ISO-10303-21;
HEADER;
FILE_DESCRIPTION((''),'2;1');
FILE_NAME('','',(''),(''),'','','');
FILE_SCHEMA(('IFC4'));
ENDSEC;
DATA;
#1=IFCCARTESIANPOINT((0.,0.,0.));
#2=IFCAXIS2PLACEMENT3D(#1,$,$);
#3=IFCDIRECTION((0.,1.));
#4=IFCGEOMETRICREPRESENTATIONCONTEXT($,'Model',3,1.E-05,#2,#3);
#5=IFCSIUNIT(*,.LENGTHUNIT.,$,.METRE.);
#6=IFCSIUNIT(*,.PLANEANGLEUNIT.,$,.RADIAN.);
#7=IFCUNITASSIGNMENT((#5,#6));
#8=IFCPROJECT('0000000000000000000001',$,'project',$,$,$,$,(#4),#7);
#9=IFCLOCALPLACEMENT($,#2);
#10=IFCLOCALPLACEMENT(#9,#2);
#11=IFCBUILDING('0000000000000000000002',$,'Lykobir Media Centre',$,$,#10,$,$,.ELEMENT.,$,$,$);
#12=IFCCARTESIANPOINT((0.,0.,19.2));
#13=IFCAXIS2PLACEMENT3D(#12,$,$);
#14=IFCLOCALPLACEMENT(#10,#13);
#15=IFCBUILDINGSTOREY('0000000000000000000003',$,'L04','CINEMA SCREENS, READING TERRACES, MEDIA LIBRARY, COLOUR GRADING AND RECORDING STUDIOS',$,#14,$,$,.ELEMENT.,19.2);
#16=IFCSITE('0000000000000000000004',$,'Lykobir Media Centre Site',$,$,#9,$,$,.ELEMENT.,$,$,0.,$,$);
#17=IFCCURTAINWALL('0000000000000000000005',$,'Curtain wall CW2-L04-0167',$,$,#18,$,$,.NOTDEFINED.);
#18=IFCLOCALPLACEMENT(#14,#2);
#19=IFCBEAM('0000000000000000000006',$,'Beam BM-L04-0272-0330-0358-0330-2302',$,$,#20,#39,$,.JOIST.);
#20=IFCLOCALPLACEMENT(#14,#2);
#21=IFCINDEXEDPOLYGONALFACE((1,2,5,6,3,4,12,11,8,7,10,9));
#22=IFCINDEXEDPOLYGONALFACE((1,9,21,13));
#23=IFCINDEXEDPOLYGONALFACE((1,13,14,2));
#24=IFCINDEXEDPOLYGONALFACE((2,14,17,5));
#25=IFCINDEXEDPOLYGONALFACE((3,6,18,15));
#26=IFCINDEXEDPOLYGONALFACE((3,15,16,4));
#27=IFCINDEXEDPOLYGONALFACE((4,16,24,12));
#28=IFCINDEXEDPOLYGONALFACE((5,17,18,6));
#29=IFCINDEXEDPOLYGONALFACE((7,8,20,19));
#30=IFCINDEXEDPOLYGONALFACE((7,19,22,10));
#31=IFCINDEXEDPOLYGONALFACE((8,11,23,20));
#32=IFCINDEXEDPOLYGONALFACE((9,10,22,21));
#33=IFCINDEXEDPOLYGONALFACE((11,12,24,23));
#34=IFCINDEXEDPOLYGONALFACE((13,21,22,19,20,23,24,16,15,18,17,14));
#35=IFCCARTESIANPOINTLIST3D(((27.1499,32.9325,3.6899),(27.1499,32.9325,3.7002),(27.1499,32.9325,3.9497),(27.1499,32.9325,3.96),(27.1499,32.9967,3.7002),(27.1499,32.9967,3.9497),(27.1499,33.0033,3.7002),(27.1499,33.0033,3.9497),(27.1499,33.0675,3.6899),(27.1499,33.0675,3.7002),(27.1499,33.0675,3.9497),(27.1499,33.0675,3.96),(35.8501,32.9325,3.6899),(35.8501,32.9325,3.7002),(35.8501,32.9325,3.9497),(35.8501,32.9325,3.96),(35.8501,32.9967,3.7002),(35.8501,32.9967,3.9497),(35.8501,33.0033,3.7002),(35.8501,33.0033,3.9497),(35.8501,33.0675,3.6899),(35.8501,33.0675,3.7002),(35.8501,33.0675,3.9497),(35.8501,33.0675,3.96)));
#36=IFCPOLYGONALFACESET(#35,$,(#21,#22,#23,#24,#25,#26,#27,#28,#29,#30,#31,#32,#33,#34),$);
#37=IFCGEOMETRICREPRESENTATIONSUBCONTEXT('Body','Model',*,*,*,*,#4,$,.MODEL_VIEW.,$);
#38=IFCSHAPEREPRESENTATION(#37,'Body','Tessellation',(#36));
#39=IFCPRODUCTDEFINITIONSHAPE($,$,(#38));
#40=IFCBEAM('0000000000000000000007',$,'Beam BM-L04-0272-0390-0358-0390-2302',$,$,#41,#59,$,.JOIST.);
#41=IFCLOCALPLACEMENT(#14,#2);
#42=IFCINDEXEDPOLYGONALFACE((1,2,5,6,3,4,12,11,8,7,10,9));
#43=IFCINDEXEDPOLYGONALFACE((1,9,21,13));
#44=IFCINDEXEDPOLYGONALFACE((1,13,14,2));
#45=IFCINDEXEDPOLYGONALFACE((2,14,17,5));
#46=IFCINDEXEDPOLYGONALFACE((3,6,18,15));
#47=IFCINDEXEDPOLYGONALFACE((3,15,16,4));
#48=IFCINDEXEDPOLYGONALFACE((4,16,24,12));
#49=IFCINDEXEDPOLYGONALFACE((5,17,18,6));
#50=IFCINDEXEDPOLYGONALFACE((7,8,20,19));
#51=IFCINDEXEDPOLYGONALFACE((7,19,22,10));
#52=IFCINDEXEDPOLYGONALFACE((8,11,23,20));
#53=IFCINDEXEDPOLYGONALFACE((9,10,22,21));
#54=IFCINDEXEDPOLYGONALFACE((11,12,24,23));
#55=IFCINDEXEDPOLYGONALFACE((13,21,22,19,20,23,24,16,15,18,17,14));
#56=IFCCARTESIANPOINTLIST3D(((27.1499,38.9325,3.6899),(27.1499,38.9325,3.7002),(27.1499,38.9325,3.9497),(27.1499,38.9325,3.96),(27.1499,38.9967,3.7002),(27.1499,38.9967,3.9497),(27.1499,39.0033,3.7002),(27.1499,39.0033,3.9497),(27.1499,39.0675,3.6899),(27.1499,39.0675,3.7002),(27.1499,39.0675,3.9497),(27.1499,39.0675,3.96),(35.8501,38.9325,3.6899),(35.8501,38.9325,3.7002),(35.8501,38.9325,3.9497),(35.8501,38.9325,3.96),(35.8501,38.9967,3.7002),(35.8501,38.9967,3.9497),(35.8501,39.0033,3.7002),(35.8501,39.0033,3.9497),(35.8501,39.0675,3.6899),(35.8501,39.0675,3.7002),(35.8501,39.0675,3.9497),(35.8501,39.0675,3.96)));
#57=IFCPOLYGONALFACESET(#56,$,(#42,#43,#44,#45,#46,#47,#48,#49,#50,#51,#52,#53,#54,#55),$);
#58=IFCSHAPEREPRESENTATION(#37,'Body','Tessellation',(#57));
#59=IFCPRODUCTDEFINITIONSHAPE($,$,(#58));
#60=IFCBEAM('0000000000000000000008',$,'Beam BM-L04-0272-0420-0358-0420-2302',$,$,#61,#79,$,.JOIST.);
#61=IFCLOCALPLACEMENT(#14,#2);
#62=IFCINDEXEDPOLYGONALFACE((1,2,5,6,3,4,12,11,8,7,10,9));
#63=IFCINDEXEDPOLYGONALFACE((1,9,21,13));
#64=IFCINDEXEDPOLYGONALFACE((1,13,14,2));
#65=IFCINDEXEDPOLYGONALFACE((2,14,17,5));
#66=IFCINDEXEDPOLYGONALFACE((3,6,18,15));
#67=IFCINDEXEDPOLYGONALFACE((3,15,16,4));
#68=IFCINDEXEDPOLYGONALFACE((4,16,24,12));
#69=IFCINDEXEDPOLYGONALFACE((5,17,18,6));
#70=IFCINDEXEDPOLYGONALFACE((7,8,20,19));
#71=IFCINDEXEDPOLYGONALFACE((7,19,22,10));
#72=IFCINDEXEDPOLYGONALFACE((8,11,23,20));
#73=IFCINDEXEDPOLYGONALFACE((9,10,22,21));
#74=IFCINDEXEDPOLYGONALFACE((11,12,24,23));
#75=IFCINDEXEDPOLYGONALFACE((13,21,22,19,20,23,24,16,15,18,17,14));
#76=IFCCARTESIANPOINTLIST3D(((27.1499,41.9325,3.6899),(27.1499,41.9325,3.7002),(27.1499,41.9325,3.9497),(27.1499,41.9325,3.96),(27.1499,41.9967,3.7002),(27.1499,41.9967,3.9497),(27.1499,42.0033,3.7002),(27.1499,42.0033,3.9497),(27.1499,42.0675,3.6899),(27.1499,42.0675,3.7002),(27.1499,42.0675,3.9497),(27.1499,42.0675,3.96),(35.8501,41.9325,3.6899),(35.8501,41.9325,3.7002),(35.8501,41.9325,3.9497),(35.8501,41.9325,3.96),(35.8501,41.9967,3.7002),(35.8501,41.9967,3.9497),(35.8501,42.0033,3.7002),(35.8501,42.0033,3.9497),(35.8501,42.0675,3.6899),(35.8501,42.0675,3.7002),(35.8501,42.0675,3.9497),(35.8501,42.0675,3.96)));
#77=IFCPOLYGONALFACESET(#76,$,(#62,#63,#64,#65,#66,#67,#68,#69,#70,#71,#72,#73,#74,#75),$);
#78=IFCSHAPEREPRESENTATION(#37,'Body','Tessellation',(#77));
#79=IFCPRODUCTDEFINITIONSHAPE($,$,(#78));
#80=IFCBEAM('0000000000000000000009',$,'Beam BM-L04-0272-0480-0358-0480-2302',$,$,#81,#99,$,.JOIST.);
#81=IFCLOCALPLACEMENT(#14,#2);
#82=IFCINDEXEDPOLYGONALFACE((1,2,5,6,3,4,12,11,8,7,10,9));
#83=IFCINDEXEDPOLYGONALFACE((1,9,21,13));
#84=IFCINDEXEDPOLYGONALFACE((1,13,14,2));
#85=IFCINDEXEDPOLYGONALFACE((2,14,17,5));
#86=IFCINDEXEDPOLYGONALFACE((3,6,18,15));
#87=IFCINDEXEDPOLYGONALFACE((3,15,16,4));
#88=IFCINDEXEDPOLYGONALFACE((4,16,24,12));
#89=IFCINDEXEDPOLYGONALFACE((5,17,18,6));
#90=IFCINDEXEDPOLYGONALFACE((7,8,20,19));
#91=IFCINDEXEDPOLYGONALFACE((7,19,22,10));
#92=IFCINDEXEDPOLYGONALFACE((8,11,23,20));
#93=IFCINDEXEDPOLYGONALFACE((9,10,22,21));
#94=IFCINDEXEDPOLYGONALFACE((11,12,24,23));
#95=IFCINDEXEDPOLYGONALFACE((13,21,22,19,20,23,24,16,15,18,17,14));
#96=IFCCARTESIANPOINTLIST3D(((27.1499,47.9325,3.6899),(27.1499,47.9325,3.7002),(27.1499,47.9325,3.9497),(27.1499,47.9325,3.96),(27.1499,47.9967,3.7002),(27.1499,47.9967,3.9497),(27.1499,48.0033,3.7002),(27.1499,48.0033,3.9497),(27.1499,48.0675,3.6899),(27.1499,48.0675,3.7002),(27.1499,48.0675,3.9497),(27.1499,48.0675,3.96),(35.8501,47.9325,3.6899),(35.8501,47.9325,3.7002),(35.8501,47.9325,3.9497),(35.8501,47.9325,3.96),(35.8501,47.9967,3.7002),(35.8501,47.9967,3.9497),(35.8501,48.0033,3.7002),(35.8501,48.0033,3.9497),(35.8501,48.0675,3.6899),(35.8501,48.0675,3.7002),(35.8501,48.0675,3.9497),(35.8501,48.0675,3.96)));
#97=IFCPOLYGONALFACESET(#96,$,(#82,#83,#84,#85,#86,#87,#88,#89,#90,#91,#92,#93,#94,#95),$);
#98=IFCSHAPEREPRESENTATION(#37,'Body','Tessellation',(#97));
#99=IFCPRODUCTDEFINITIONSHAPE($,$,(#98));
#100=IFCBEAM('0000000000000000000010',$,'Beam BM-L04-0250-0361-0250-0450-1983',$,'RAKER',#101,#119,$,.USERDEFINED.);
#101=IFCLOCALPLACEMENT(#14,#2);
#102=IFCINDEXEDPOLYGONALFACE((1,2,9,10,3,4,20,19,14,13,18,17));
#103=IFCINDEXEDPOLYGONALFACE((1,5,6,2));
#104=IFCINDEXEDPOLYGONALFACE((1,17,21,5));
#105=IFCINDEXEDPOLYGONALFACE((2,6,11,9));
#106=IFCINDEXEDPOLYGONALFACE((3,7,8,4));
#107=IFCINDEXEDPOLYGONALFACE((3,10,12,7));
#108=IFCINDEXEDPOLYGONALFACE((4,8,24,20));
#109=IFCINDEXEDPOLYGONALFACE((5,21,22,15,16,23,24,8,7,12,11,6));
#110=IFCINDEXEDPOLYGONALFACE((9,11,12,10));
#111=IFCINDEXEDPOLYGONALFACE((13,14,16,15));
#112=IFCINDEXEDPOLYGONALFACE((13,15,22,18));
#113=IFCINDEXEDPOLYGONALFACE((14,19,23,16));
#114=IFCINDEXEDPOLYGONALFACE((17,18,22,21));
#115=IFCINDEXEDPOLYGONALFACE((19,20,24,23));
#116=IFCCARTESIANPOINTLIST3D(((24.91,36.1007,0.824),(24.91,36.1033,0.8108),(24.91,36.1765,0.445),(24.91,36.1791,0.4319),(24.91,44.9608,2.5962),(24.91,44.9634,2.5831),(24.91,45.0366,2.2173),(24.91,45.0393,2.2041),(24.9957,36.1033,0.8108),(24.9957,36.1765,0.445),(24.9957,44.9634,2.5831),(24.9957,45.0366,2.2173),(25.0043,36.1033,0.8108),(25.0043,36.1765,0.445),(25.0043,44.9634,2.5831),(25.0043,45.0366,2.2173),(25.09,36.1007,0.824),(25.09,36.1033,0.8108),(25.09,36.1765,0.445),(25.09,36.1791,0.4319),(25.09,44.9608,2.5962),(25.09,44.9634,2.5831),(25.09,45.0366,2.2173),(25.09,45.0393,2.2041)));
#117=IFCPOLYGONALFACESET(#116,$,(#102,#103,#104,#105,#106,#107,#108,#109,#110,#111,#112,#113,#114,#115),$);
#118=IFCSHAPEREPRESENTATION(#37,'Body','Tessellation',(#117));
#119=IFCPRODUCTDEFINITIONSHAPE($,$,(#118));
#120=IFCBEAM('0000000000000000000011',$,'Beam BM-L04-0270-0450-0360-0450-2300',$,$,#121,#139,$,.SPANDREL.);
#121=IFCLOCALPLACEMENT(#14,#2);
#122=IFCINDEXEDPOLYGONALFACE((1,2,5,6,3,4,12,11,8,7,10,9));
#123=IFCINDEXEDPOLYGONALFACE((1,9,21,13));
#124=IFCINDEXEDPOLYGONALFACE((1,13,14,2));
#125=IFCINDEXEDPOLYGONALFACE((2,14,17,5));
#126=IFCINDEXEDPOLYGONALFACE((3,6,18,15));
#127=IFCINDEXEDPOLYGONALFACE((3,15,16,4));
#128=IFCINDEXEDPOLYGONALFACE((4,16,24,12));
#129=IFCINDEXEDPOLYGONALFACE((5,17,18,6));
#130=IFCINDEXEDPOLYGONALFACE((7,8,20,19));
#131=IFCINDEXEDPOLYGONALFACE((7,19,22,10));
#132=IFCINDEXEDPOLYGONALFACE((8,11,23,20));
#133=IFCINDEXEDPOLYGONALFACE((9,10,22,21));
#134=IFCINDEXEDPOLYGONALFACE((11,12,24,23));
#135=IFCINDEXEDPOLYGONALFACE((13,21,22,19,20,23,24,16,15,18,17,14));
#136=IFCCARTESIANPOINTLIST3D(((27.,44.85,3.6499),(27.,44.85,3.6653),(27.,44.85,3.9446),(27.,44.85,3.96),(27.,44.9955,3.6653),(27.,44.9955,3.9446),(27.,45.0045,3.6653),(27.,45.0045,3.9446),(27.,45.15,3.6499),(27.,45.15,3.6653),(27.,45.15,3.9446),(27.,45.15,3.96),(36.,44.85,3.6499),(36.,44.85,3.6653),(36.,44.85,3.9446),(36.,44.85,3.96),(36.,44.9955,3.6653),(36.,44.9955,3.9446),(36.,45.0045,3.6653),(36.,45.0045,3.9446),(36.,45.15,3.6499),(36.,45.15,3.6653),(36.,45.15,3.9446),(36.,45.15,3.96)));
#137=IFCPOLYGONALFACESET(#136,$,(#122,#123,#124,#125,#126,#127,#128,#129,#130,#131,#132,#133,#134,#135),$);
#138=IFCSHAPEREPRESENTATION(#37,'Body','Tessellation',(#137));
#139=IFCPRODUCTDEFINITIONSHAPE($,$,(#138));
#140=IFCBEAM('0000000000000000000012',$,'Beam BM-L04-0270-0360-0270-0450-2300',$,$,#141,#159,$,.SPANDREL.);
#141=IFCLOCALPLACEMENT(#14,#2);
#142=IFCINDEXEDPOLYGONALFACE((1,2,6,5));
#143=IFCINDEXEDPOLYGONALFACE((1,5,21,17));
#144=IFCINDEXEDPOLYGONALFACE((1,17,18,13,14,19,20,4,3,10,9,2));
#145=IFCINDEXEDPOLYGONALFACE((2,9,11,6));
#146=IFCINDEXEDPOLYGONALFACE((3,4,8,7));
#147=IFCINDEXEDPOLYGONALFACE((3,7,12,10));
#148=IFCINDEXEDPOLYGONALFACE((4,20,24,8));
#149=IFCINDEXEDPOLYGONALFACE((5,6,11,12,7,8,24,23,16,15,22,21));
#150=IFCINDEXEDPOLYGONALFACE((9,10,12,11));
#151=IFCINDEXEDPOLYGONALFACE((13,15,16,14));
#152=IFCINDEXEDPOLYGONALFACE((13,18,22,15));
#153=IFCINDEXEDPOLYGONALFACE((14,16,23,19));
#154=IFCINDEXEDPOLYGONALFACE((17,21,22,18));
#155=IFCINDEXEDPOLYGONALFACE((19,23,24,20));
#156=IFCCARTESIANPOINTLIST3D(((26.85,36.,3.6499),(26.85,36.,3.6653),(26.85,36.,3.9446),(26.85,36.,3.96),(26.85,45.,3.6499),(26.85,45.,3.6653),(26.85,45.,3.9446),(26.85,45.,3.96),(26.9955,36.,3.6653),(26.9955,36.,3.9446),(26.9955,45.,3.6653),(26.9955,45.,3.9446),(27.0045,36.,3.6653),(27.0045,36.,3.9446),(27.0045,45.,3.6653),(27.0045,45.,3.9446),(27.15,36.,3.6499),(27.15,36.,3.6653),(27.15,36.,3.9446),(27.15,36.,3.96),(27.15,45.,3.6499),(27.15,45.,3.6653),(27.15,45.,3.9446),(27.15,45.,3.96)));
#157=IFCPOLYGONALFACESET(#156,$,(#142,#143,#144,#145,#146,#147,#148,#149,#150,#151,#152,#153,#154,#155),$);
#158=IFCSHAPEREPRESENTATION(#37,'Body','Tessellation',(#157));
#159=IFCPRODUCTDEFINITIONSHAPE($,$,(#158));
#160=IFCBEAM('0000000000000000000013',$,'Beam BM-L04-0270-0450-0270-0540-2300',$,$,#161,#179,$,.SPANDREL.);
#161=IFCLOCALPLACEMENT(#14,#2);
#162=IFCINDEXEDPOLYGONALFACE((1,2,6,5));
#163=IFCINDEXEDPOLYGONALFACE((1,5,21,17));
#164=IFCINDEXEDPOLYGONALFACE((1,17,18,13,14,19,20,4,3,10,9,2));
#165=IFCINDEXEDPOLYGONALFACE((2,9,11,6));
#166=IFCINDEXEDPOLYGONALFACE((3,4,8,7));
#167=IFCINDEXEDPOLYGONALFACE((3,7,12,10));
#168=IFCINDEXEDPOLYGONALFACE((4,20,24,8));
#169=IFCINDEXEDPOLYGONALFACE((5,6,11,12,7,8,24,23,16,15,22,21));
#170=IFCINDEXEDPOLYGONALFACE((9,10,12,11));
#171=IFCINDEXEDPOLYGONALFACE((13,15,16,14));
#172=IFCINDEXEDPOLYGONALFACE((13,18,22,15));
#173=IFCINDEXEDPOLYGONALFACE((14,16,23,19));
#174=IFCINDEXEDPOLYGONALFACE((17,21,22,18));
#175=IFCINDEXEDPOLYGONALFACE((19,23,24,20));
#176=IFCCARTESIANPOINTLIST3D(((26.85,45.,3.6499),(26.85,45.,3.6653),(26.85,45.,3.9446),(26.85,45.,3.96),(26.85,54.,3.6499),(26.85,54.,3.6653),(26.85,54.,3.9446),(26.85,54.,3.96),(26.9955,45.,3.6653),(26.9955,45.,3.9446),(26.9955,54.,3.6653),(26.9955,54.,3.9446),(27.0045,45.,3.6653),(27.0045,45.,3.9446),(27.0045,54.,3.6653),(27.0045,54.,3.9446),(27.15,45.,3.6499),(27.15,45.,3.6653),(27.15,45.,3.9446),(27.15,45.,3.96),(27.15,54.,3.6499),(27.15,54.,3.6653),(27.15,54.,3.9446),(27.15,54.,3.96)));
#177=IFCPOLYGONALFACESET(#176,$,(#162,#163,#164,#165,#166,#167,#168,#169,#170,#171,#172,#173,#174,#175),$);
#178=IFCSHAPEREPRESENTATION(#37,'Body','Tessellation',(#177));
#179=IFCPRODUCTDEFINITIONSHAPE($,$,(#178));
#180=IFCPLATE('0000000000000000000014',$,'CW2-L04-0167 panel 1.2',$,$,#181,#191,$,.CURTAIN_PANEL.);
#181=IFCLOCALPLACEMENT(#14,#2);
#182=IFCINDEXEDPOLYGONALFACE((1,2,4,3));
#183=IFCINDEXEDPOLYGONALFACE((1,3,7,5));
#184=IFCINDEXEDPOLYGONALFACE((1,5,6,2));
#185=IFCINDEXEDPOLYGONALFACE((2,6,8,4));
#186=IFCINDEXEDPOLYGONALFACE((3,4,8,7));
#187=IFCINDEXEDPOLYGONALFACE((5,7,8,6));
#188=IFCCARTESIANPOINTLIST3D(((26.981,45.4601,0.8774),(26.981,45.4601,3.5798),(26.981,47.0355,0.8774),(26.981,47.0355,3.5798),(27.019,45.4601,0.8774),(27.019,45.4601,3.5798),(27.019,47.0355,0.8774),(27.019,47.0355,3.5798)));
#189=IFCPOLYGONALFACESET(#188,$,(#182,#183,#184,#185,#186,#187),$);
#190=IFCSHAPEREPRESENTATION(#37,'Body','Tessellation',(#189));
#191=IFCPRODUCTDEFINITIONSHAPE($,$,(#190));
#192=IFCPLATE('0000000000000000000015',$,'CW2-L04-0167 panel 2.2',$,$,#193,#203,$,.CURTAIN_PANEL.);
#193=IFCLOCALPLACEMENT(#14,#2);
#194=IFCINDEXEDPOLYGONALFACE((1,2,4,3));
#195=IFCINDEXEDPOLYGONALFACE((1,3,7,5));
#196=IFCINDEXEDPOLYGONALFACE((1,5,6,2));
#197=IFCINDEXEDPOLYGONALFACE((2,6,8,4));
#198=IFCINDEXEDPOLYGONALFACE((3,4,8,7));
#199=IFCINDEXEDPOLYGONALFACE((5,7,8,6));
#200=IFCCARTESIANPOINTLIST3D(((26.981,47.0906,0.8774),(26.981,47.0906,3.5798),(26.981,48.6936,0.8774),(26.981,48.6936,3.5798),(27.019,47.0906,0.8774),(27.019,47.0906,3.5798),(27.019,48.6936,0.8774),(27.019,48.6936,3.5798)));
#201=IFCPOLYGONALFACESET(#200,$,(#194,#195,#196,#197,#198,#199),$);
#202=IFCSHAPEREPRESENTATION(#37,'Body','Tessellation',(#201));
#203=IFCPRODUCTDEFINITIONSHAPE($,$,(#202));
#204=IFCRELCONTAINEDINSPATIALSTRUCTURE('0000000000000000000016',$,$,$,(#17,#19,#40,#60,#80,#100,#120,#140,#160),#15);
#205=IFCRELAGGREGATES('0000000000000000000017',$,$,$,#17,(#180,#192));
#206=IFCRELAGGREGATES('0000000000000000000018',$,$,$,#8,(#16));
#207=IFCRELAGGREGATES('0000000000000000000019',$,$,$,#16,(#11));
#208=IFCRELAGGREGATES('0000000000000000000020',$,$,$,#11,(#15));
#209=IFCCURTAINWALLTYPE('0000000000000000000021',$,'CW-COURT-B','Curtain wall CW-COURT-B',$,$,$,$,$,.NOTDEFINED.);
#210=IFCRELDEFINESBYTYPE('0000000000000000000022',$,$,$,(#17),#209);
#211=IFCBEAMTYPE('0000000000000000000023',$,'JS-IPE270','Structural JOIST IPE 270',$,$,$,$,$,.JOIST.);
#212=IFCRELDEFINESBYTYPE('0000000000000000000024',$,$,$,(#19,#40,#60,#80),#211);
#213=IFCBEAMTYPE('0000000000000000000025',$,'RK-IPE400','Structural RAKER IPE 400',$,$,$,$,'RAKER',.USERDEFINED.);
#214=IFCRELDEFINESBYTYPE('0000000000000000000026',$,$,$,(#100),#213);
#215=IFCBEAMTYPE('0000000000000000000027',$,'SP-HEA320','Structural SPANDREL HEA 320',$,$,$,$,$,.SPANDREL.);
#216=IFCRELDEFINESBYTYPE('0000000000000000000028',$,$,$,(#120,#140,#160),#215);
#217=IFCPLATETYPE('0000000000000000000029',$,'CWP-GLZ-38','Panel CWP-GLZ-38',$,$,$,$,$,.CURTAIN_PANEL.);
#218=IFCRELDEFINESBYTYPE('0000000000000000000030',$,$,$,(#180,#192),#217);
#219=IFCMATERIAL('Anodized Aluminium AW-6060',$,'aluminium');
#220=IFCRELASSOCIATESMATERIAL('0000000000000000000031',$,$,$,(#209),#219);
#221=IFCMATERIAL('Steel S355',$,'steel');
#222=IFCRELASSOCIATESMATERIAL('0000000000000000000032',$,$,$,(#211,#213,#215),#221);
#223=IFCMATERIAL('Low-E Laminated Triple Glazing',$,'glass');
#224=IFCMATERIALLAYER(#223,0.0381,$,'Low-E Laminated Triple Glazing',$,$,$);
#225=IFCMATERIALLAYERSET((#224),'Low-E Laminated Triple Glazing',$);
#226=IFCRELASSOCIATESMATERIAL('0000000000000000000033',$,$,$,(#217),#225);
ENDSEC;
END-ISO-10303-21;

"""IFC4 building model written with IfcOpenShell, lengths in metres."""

from ifc_helpers import new_model, si_unit, direction, frame, origin, origin_2d, place, context, subcontext, project, spatial, rectangle, i_section, extrude, material, layer, layer_set, material_profile, profile_set, type_object, element, aggregate, save


model = new_model("IFC4")

# Units and contexts
model_context = context("Model", 3, precision=1e-05, world=origin(), true_north=direction((0.0, 1.0)))
body_context = subcontext(model_context, "Body", "Model", "MODEL_VIEW")
ifc_project = project(units=[si_unit("LENGTHUNIT", "METRE"), si_unit("PLANEANGLEUNIT", "RADIAN")], contexts=[model_context])

# Site, building, storey
site_placement = place(None, origin())
site = spatial("IfcSite", under=ifc_project, at=site_placement, Name="Lykobir Media Centre Site", CompositionType="ELEMENT", RefElevation=0.0)
building_placement = place(site_placement, origin())
building = spatial("IfcBuilding", under=site, at=building_placement, Name="Lykobir Media Centre", CompositionType="ELEMENT")
storey_placement = place(building_placement, frame((0.0, 0.0, 19.2)))
storey = spatial("IfcBuildingStorey", under=building, at=storey_placement, Name="L04", Description="CINEMA SCREENS, READING TERRACES, MEDIA LIBRARY, COLOUR GRADING AND RECORDING STUDIOS", CompositionType="ELEMENT", Elevation=19.2)

# Shared definitions
ifc_material_1 = material(Name="Steel S355", Category="steel")

# Shared definitions
ifc_material_2 = material(Name="Anodized Aluminium AW-6060", Category="aluminium")
curtain_wall_type = type_object("IfcCurtainWallType", Name="CW-COURT-B", Description="Curtain wall CW-COURT-B", PredefinedType="NOTDEFINED", material=ifc_material_2)

# Curtain wall
curtain_wall_1_placement = place(storey_placement, origin())
curtain_wall_1 = element("IfcCurtainWall", 1, at=curtain_wall_1_placement, inside=storey, type_object=curtain_wall_type, Name="Curtain wall CW2-L04-0167", PredefinedType="NOTDEFINED")

# Beams
ifc_material_profile_1 = material_profile(ifc_material_1, i_section(OverallWidth=0.135, OverallDepth=0.27, WebThickness=0.0066, FlangeThickness=0.0103, at=origin_2d()), Name="IPE 270")
ifc_profile_set_1 = profile_set([ifc_material_profile_1], Name="Steel S355")
beam_type_1 = type_object("IfcBeamType", Name="JS-IPE270", Description="Structural JOIST IPE 270", PredefinedType="JOIST", material=ifc_profile_set_1)
for number, where, z_axis, x_axis, name in (
    (2, (27.1499, 33.0, 3.825), (1.0, 0.0, 0.0), (0.0, 1.0, 0.0), "Beam BM-L04-0272-0330-0358-0330-2302"),
    (3, (27.1499, 39.0, 3.825), (1.0, 0.0, 0.0), (0.0, 1.0, 0.0), "Beam BM-L04-0272-0390-0358-0390-2302"),
    (4, (27.1499, 42.0, 3.825), (1.0, 0.0, 0.0), (0.0, 1.0, 0.0), "Beam BM-L04-0272-0420-0358-0420-2302"),
    (5, (27.1499, 48.0, 3.825), (1.0, 0.0, 0.0), (0.0, 1.0, 0.0), "Beam BM-L04-0272-0480-0358-0480-2302"),
):
    element("IfcBeam", number, at=place(storey_placement, frame(where, z_axis=z_axis, x_axis=x_axis)), inside=storey, type_object=beam_type_1, Name=name, PredefinedType="JOIST", context=body_context, shape_type="SweptSolid", body=[
        extrude(i_section(OverallWidth=0.135, OverallDepth=0.27, WebThickness=0.0066, FlangeThickness=0.0103, at=origin_2d()), origin(), (0.0, 0.0, 1.0), 8.7002),
    ])
ifc_material_profile_2 = material_profile(ifc_material_1, i_section(OverallWidth=0.1799, OverallDepth=0.3999, WebThickness=0.0085, FlangeThickness=0.0134, at=origin_2d()), Name="IPE 400")
ifc_profile_set_2 = profile_set([ifc_material_profile_2], Name="Steel S355")
beam_type_2 = type_object("IfcBeamType", Name="RK-IPE400", Description="Structural RAKER IPE 400", ElementType="RAKER", PredefinedType="USERDEFINED", material=ifc_profile_set_2)
beam_1_placement = place(storey_placement, frame((25.0, 36.1399, 0.6279), z_axis=(0.0, 0.980577, 0.196137), x_axis=(-1.0, 0.0, 0.0)))
element("IfcBeam", 6, at=beam_1_placement, inside=storey, type_object=beam_type_2, Name="Beam BM-L04-0250-0361-0250-0450-1983", ObjectType="RAKER", PredefinedType="USERDEFINED", context=body_context, shape_type="SweptSolid", body=[
    extrude(i_section(OverallWidth=0.1799, OverallDepth=0.3999, WebThickness=0.0085, FlangeThickness=0.0134, at=origin_2d()), origin(), (0.0, 0.0, 1.0), 9.0356),
])
ifc_material_profile_3 = material_profile(ifc_material_1, i_section(OverallWidth=0.3, OverallDepth=0.3101, WebThickness=0.009, FlangeThickness=0.0154, at=origin_2d()), Name="HEA 320")
ifc_profile_set_3 = profile_set([ifc_material_profile_3], Name="Steel S355")
beam_type_3 = type_object("IfcBeamType", Name="SP-HEA320", Description="Structural SPANDREL HEA 320", PredefinedType="SPANDREL", material=ifc_profile_set_3)
for number, where, z_axis, x_axis, name in (
    (7, (27.0, 45.0, 3.8049), (1.0, 0.0, 0.0), (0.0, 1.0, 0.0), "Beam BM-L04-0270-0450-0360-0450-2300"),
    (8, (27.0, 36.0, 3.8049), (0.0, 1.0, 0.0), (-1.0, 0.0, 0.0), "Beam BM-L04-0270-0360-0270-0450-2300"),
    (9, (27.0, 45.0, 3.8049), (0.0, 1.0, 0.0), (-1.0, 0.0, 0.0), "Beam BM-L04-0270-0450-0270-0540-2300"),
):
    element("IfcBeam", number, at=place(storey_placement, frame(where, z_axis=z_axis, x_axis=x_axis)), inside=storey, type_object=beam_type_3, Name=name, PredefinedType="SPANDREL", context=body_context, shape_type="SweptSolid", body=[
        extrude(i_section(OverallWidth=0.3, OverallDepth=0.3101, WebThickness=0.009, FlangeThickness=0.0154, at=origin_2d()), origin(), (0.0, 0.0, 1.0), 9.0),
    ])

# Plates
ifc_material_3 = material(Name="Low-E Laminated Triple Glazing", Category="glass")
ifc_layer_1 = layer(ifc_material_3, 0.0381, Name="Low-E Laminated Triple Glazing")
ifc_layer_set_1 = layer_set([ifc_layer_1], Name="Low-E Laminated Triple Glazing")
plate_type_1 = type_object("IfcPlateType", Name="CWP-GLZ-38", Description="Panel CWP-GLZ-38", PredefinedType="CURTAIN_PANEL", material=ifc_layer_set_1)
plate_1_placement = place(storey_placement, frame((27.0, 46.2478, 0.8774), z_axis=(0.0, 0.0, 1.0), x_axis=(0.0, 1.0, 0.0)))
plate_1 = element("IfcPlate", 10, at=plate_1_placement, type_object=plate_type_1, Name="CW2-L04-0167 panel 1.2", PredefinedType="CURTAIN_PANEL", context=body_context, shape_type="SweptSolid", body=[
    extrude(rectangle(XDim=1.5754, YDim=0.0381, at=origin_2d()), origin(), (0.0, 0.0, 1.0), 2.7024),
])
plate_2_placement = place(storey_placement, frame((27.0, 47.8921, 0.8774), z_axis=(0.0, 0.0, 1.0), x_axis=(0.0, 1.0, 0.0)))
plate_2 = element("IfcPlate", 11, at=plate_2_placement, type_object=plate_type_1, Name="CW2-L04-0167 panel 2.2", PredefinedType="CURTAIN_PANEL", context=body_context, shape_type="SweptSolid", body=[
    extrude(rectangle(XDim=1.603, YDim=0.0381, at=origin_2d()), origin(), (0.0, 0.0, 1.0), 2.7024),
])
aggregate(curtain_wall_1, [plate_1, plate_2])

save(model, "model.ifc")
